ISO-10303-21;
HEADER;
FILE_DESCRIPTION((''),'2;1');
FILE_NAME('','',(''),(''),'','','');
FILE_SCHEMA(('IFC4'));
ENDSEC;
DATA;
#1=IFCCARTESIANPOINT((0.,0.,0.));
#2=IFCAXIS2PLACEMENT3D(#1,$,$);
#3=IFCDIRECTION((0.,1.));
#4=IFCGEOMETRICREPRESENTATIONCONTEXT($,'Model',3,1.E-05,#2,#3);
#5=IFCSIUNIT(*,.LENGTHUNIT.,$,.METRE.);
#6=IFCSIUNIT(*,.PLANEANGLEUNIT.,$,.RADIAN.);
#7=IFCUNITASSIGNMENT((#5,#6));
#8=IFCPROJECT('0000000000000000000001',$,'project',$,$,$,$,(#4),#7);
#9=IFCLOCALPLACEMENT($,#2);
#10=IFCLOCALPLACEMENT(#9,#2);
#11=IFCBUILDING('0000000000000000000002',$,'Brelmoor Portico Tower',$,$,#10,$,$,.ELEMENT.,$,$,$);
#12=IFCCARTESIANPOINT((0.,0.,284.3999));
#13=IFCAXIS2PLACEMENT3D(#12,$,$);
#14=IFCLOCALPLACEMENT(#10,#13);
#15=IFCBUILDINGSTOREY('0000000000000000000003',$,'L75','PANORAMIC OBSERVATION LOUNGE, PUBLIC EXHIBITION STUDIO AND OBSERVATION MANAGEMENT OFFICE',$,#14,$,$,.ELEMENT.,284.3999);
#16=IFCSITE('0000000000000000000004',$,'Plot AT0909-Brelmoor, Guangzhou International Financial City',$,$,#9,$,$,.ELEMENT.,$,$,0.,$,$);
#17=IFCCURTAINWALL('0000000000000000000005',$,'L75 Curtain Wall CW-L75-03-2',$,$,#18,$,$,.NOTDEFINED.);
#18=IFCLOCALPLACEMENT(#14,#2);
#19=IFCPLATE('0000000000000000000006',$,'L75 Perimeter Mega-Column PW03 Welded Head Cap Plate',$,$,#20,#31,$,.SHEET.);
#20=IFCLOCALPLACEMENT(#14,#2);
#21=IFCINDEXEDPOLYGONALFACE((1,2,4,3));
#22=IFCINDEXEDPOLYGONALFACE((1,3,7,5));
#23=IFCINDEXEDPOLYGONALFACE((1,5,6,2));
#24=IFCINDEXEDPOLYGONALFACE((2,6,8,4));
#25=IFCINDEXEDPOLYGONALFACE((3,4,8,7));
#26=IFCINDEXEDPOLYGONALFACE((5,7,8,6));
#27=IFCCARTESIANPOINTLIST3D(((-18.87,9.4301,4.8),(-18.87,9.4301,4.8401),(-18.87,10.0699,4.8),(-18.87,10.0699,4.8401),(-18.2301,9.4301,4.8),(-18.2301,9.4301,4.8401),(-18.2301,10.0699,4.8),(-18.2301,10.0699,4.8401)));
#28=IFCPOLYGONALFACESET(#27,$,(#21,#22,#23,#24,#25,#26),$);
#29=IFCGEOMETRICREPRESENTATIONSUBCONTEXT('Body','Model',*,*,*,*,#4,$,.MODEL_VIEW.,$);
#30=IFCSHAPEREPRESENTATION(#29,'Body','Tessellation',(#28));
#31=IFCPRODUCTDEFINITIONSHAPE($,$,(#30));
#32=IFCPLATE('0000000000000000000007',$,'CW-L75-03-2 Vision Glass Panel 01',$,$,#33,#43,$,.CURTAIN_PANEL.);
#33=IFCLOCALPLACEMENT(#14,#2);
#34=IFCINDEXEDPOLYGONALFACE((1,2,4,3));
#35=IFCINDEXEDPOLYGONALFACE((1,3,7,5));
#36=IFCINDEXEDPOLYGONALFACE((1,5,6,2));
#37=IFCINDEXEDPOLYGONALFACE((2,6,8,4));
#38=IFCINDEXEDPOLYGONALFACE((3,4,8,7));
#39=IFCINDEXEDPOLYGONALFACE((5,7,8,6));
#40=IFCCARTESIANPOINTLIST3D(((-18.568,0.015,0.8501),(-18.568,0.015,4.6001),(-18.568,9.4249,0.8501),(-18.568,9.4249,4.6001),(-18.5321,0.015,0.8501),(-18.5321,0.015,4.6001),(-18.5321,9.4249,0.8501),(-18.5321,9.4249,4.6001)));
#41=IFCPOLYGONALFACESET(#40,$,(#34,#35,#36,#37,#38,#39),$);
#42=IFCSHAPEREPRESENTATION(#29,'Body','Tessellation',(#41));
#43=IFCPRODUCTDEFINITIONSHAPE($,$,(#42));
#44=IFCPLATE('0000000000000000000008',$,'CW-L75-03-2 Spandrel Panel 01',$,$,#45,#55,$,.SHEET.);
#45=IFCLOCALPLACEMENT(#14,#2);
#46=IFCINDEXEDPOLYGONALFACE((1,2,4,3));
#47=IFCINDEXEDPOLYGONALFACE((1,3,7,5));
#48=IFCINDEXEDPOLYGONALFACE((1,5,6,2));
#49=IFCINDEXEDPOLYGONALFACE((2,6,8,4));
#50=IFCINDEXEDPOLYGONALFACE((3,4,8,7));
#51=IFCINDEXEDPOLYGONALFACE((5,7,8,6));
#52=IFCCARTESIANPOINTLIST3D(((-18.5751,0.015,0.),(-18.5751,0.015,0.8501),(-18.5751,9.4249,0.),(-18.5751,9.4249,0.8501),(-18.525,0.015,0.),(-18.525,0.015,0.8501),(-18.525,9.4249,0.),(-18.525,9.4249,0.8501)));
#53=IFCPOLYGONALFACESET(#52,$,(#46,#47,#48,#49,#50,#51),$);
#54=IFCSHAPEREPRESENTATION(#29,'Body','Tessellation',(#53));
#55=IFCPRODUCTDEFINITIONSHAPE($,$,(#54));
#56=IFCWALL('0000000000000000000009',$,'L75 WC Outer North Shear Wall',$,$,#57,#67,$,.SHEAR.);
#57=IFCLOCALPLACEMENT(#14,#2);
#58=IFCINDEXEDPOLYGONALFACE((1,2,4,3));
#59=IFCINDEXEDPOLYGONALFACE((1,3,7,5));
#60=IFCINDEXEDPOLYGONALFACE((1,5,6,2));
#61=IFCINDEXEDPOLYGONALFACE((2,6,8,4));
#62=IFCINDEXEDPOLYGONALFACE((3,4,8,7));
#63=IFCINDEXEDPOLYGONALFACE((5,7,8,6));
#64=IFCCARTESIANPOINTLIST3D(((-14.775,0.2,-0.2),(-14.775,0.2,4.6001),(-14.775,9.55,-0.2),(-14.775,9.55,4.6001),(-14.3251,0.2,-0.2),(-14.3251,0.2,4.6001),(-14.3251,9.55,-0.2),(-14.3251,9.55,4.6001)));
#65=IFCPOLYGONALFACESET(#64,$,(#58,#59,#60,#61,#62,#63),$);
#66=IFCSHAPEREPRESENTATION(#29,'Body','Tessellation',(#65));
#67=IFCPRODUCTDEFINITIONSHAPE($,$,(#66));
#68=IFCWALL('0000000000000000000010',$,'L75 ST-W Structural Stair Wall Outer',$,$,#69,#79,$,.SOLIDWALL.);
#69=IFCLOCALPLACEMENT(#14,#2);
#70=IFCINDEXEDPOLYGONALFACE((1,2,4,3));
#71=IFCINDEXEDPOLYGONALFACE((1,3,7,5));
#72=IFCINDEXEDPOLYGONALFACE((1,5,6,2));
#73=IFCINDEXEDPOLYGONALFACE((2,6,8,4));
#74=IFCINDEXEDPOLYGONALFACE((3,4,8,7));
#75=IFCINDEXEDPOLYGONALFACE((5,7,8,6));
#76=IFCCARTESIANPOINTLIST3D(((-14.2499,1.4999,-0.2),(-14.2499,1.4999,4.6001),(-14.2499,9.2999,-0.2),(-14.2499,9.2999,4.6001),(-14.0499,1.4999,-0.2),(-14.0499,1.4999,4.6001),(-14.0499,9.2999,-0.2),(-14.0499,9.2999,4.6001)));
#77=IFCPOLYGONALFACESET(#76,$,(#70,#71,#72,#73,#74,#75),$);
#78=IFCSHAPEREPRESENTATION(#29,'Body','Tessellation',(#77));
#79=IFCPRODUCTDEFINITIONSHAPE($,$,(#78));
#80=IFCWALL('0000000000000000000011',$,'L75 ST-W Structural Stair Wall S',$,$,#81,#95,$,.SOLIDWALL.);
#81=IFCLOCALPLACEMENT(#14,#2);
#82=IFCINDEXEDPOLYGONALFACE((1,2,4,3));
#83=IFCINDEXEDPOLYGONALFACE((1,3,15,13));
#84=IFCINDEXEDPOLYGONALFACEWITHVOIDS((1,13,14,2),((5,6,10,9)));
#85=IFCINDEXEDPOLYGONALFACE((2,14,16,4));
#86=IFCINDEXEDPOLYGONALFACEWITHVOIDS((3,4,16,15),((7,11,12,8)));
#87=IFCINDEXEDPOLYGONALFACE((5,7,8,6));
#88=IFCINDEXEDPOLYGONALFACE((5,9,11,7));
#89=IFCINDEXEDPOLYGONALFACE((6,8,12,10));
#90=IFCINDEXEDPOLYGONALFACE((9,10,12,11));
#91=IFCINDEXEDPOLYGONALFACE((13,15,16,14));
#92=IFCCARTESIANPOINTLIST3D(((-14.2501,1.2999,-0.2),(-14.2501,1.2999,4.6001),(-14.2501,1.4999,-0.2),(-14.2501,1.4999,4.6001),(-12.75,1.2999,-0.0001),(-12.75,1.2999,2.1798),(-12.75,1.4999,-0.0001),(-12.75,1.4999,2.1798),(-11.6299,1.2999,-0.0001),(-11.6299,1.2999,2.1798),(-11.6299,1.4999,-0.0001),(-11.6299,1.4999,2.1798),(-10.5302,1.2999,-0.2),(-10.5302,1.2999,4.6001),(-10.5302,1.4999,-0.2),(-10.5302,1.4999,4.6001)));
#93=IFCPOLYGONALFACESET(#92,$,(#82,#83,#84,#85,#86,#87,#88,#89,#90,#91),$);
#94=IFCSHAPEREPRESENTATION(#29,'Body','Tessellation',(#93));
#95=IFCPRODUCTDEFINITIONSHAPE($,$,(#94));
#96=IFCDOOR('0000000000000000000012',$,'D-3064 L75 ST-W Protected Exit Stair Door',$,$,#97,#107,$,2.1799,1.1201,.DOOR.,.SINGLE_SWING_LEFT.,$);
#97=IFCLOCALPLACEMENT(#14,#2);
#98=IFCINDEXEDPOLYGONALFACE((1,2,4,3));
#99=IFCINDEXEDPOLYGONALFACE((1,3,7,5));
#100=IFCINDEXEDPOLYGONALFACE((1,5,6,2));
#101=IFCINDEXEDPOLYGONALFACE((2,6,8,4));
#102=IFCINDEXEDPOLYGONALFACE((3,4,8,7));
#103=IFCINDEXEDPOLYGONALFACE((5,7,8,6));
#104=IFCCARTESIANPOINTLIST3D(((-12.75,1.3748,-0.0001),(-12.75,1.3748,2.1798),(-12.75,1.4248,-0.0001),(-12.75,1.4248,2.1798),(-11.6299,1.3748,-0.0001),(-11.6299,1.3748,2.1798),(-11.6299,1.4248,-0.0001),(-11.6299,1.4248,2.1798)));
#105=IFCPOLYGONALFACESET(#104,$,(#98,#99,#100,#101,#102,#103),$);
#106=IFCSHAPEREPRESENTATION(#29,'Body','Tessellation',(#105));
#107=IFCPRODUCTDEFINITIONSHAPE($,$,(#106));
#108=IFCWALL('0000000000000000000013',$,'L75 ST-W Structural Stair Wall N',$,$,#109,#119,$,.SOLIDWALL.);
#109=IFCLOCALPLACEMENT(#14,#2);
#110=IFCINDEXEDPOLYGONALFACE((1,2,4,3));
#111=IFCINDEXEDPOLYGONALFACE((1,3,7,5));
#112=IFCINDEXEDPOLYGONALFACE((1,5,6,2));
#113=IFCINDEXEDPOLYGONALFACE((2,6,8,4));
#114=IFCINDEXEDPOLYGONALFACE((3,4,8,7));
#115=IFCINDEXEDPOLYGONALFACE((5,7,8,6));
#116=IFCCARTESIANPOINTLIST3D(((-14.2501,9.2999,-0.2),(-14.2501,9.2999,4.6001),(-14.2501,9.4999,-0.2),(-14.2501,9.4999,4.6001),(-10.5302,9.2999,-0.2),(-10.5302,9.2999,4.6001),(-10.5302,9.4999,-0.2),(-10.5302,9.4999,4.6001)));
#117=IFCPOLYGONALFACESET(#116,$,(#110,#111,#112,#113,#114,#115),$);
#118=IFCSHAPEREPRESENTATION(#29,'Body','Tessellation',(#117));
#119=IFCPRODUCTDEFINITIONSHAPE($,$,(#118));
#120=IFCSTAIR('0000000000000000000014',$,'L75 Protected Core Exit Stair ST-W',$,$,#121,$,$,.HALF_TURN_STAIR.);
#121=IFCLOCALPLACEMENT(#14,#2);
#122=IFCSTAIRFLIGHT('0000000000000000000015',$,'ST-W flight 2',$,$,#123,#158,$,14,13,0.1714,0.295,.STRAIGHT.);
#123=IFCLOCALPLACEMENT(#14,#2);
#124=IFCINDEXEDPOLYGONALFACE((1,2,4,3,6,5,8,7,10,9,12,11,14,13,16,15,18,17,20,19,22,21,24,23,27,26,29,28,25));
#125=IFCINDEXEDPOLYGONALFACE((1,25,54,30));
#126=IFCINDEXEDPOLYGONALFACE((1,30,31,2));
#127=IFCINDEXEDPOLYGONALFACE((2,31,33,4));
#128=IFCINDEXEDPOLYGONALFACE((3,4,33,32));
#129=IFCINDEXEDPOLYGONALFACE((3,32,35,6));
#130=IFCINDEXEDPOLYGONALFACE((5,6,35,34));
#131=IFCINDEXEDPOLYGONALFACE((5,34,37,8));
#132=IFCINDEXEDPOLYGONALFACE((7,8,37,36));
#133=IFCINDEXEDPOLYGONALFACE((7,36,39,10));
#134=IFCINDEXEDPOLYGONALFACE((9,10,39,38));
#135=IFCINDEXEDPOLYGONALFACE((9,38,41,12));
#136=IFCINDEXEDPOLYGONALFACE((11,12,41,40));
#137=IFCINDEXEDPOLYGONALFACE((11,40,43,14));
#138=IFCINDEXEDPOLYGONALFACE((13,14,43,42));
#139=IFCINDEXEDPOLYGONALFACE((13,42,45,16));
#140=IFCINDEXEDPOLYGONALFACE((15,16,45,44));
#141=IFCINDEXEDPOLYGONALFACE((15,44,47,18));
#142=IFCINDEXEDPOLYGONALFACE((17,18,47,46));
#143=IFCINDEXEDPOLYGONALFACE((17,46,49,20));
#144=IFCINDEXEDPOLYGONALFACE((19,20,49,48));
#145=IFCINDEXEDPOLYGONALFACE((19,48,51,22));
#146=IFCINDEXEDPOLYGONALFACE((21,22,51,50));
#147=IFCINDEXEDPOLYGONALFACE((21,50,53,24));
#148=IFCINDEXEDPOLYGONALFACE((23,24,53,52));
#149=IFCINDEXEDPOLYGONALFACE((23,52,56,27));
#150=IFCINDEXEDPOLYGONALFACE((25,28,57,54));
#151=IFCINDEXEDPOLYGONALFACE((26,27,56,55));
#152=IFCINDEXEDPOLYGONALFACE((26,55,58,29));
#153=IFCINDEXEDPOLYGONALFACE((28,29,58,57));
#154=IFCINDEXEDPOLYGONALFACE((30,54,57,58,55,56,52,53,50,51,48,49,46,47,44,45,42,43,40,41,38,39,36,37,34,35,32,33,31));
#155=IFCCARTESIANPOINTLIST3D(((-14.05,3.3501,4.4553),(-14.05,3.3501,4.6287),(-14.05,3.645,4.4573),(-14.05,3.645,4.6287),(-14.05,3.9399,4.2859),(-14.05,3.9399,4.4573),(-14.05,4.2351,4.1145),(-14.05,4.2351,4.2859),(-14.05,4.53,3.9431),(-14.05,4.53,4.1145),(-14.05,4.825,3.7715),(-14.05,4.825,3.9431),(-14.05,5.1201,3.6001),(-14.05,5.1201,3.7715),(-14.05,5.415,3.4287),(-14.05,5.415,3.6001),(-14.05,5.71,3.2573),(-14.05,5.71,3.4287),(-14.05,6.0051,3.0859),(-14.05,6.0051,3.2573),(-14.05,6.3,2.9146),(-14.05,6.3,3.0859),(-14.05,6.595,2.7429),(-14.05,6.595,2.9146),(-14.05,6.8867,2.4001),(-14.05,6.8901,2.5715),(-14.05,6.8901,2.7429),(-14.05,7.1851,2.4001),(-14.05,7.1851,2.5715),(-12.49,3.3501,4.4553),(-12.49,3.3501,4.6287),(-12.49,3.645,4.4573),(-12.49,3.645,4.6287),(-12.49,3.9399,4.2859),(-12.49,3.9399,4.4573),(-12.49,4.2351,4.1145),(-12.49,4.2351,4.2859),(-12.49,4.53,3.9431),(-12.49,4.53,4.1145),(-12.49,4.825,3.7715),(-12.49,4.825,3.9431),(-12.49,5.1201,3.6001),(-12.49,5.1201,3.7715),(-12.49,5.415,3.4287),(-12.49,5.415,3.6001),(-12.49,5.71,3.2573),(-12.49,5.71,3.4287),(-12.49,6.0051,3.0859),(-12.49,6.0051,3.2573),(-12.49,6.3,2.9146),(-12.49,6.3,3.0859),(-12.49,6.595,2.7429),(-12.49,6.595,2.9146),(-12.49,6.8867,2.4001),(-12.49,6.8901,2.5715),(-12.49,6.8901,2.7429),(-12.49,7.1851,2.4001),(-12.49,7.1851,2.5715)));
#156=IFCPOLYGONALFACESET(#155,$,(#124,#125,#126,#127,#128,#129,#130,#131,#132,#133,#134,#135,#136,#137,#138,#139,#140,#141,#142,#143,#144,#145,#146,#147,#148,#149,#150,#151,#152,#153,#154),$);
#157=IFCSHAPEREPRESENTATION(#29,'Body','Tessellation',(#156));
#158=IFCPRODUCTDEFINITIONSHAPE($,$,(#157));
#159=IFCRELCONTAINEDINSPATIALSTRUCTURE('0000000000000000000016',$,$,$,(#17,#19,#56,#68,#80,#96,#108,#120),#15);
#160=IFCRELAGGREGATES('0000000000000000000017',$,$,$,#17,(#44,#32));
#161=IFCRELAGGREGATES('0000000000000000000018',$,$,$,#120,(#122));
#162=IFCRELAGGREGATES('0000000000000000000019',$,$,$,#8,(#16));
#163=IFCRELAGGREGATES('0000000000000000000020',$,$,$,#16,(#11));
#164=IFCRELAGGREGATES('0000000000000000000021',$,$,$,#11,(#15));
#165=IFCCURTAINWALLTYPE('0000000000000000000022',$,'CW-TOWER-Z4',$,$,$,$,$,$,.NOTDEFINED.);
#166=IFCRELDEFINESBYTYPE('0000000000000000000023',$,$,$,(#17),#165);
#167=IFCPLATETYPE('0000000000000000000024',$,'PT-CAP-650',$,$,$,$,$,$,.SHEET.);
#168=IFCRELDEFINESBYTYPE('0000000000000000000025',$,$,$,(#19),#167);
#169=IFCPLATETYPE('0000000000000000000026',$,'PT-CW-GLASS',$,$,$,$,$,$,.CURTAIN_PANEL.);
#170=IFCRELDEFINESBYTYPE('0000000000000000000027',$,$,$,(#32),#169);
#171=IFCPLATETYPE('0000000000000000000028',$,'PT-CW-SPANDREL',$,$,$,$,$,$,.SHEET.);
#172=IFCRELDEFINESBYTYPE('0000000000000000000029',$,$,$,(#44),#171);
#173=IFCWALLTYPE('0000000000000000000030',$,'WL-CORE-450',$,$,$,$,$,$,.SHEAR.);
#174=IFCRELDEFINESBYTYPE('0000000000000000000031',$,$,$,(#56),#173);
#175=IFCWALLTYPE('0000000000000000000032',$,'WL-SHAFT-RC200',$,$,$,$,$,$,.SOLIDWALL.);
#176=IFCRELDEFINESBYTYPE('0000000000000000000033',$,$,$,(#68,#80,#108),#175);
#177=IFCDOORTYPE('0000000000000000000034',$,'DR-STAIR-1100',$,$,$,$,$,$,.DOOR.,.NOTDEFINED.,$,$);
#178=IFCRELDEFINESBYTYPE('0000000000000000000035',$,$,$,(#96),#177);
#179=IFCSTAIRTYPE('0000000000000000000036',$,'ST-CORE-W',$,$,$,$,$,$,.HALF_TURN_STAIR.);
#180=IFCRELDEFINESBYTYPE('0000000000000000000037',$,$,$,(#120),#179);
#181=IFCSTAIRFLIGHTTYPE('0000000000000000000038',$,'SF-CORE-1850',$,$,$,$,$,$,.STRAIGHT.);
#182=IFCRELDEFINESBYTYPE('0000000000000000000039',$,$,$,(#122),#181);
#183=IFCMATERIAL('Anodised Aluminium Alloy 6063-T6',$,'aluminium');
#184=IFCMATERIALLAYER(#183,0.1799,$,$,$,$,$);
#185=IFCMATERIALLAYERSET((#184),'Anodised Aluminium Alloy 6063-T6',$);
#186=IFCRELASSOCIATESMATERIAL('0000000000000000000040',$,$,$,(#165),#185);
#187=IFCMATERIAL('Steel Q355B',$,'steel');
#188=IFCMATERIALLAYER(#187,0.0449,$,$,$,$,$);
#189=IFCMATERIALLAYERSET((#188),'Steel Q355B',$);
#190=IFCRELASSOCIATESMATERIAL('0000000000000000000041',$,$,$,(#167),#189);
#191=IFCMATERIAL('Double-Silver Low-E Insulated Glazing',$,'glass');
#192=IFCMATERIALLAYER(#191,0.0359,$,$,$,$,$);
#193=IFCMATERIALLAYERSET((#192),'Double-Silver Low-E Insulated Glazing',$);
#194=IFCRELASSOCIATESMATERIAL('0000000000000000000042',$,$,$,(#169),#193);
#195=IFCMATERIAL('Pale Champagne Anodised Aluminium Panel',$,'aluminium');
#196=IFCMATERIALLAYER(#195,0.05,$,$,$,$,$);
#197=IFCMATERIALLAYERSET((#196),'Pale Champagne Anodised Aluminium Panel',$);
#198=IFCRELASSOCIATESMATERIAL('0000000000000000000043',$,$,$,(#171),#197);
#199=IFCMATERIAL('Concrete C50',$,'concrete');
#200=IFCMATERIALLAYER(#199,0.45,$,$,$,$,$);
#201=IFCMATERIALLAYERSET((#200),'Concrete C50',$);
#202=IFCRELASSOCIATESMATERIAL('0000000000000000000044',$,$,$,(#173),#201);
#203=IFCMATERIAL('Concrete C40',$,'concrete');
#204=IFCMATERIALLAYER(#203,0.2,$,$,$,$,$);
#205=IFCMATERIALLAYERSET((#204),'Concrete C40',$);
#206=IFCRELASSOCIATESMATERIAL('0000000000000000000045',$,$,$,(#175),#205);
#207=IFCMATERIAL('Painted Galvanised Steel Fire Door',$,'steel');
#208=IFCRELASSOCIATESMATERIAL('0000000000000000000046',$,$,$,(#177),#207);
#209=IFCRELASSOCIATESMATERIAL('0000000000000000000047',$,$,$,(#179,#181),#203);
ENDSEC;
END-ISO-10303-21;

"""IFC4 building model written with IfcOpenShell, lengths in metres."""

from ifc_helpers import new_model, si_unit, direction, frame, frame_2d, origin, origin_2d, place, context, subcontext, project, spatial, polyline, rectangle, outline, extrude, material, layer, layer_set, type_object, element, fill, aggregate, save


model = new_model("IFC4")

# Units and contexts
model_context = context("Model", 3, precision=1e-05, world=origin(), true_north=direction((0.0, 1.0)))
body_context = subcontext(model_context, "Body", "Model", "MODEL_VIEW")
ifc_project = project(units=[si_unit("LENGTHUNIT", "METRE"), si_unit("PLANEANGLEUNIT", "RADIAN")], contexts=[model_context])

# Site, building, storey
site_placement = place(None, origin())
site = spatial("IfcSite", under=ifc_project, at=site_placement, Name="Plot AT0909-Brelmoor, Guangzhou International Financial City", CompositionType="ELEMENT", RefElevation=0.0)
building_placement = place(site_placement, origin())
building = spatial("IfcBuilding", under=site, at=building_placement, Name="Brelmoor Portico Tower", CompositionType="ELEMENT")
storey_placement = place(building_placement, frame((0.0, 0.0, 284.3999)))
storey = spatial("IfcBuildingStorey", under=building, at=storey_placement, Name="L75", Description="PANORAMIC OBSERVATION LOUNGE, PUBLIC EXHIBITION STUDIO AND OBSERVATION MANAGEMENT OFFICE", CompositionType="ELEMENT", Elevation=284.3999)

# Shared definitions
ifc_material_1 = material(Name="Steel Q355B", Category="steel")

# Curtain wall
ifc_material_2 = material(Name="Anodised Aluminium Alloy 6063-T6", Category="aluminium")
ifc_layer_1 = layer(ifc_material_2, 0.1799)
ifc_layer_set_1 = layer_set([ifc_layer_1], Name="Anodised Aluminium Alloy 6063-T6")
curtain_wall_type = type_object("IfcCurtainWallType", Name="CW-TOWER-Z4", PredefinedType="NOTDEFINED", material=ifc_layer_set_1)
curtain_wall_placement = place(storey_placement, origin())
curtain_wall = element("IfcCurtainWall", 1, at=curtain_wall_placement, inside=storey, type_object=curtain_wall_type, Name="L75 Curtain Wall CW-L75-03-2", PredefinedType="NOTDEFINED")

# Plates
ifc_layer_2 = layer(ifc_material_1, 0.0449)
ifc_layer_set_2 = layer_set([ifc_layer_2], Name="Steel Q355B")
plate_type_1 = type_object("IfcPlateType", Name="PT-CAP-650", PredefinedType="SHEET", material=ifc_layer_set_2)
plate_1_placement = place(storey_placement, frame((-18.55, 9.75, 4.8), z_axis=(0.0, 0.0, 1.0), x_axis=(0.0, 1.0, 0.0)))
element("IfcPlate", 2, at=plate_1_placement, inside=storey, type_object=plate_type_1, Name="L75 Perimeter Mega-Column PW03 Welded Head Cap Plate", PredefinedType="SHEET", context=body_context, shape_type="SweptSolid", body=[
    extrude(rectangle(XDim=0.6399, YDim=0.6399, at=origin_2d()), origin(), (0.0, 0.0, 1.0), 0.04),
])
ifc_material_3 = material(Name="Double-Silver Low-E Insulated Glazing", Category="glass")
ifc_layer_3 = layer(ifc_material_3, 0.0359)
ifc_layer_set_3 = layer_set([ifc_layer_3], Name="Double-Silver Low-E Insulated Glazing")
plate_type_2 = type_object("IfcPlateType", Name="PT-CW-GLASS", PredefinedType="CURTAIN_PANEL", material=ifc_layer_set_3)
plate_2_placement = place(storey_placement, frame((-18.55, 4.72, 0.8501), z_axis=(0.0, 0.0, 1.0), x_axis=(0.0, 1.0, 0.0)))
plate_2 = element("IfcPlate", 3, at=plate_2_placement, type_object=plate_type_2, Name="CW-L75-03-2 Vision Glass Panel 01", PredefinedType="CURTAIN_PANEL", context=body_context, shape_type="SweptSolid", body=[
    extrude(rectangle(XDim=9.4099, YDim=0.0359, at=origin_2d()), origin(), (0.0, 0.0, 1.0), 3.75),
])
ifc_material_4 = material(Name="Pale Champagne Anodised Aluminium Panel", Category="aluminium")
ifc_layer_4 = layer(ifc_material_4, 0.05)
ifc_layer_set_4 = layer_set([ifc_layer_4], Name="Pale Champagne Anodised Aluminium Panel")
plate_type_3 = type_object("IfcPlateType", Name="PT-CW-SPANDREL", PredefinedType="SHEET", material=ifc_layer_set_4)
plate_3_placement = place(storey_placement, frame((-18.55, 4.72, 0.0), z_axis=(0.0, 0.0, 1.0), x_axis=(0.0, 1.0, 0.0)))
plate_3 = element("IfcPlate", 4, at=plate_3_placement, type_object=plate_type_3, Name="CW-L75-03-2 Spandrel Panel 01", PredefinedType="SHEET", context=body_context, shape_type="SweptSolid", body=[
    extrude(rectangle(XDim=9.4099, YDim=0.05, at=origin_2d()), origin(), (0.0, 0.0, 1.0), 0.8501),
])
aggregate(curtain_wall, [plate_3, plate_2])

# Walls
ifc_material_5 = material(Name="Concrete C50", Category="concrete")
ifc_layer_5 = layer(ifc_material_5, 0.45)
ifc_layer_set_5 = layer_set([ifc_layer_5], Name="Concrete C50")
wall_type_1 = type_object("IfcWallType", Name="WL-CORE-450", PredefinedType="SHEAR", material=ifc_layer_set_5)
wall_1_placement = place(storey_placement, frame((-14.55, 0.2, -0.2), z_axis=(0.0, 0.0, 1.0), x_axis=(0.0, 1.0, 0.0)))
element("IfcWall", 5, at=wall_1_placement, inside=storey, type_object=wall_type_1, Name="L75 WC Outer North Shear Wall", PredefinedType="SHEAR", context=body_context, shape_type="SweptSolid", body=[
    extrude(rectangle(XDim=9.3501, YDim=0.45, at=frame_2d((4.675, 0.0))), origin(), (0.0, 0.0, 1.0), 4.8),
])
ifc_material_6 = material(Name="Concrete C40", Category="concrete")
ifc_layer_6 = layer(ifc_material_6, 0.2)
ifc_layer_set_6 = layer_set([ifc_layer_6], Name="Concrete C40")
wall_type_2 = type_object("IfcWallType", Name="WL-SHAFT-RC200", PredefinedType="SOLIDWALL", material=ifc_layer_set_6)
wall_2_placement = place(storey_placement, frame((-14.1499, 1.5, -0.2), z_axis=(0.0, 0.0, 1.0), x_axis=(0.0, 1.0, 0.0)))
element("IfcWall", 6, at=wall_2_placement, inside=storey, type_object=wall_type_2, Name="L75 ST-W Structural Stair Wall Outer", PredefinedType="SOLIDWALL", context=body_context, shape_type="SweptSolid", body=[
    extrude(rectangle(XDim=7.8, YDim=0.2, at=frame_2d((3.8999, 0.0))), origin(), (0.0, 0.0, 1.0), 4.8),
])

# Wall, opening, door
wall_3_placement = place(storey_placement, frame((-14.25, 1.3999, -0.2), z_axis=(0.0, 0.0, 1.0), x_axis=(1.0, 0.0, 0.0)))
wall_3 = element("IfcWall", 7, at=wall_3_placement, inside=storey, type_object=wall_type_2, Name="L75 ST-W Structural Stair Wall S", PredefinedType="SOLIDWALL", context=body_context, shape_type="SweptSolid", body=[
    extrude(rectangle(XDim=3.72, YDim=0.2, at=frame_2d((1.8599, 0.0))), origin(), (0.0, 0.0, 1.0), 4.8),
])
opening_placement = place(wall_3_placement, frame((1.5, 0.0, 0.2)))
opening = element("IfcOpeningElement", 8, at=opening_placement, cuts=wall_3, PredefinedType="OPENING", context=body_context, shape_type="SweptSolid", body=[
    extrude(rectangle(XDim=1.1201, YDim=2.1799, at=frame_2d((0.5601, 1.0898))), frame((0.0, 0.1099, 0.0), z_axis=(0.0, -1.0, 0.0), x_axis=(1.0, 0.0, 0.0)), (0.0, 0.0, 1.0), 0.22),
])
ifc_material_7 = material(Name="Painted Galvanised Steel Fire Door", Category="steel")
door_type = type_object("IfcDoorType", Name="DR-STAIR-1100", OperationType="NOTDEFINED", PredefinedType="DOOR", material=ifc_material_7)
door_placement = place(opening_placement, origin())
door = element("IfcDoor", 9, at=door_placement, inside=storey, type_object=door_type, Name="D-3064 L75 ST-W Protected Exit Stair Door", OperationType="SINGLE_SWING_LEFT", OverallHeight=2.1799, OverallWidth=1.1201, PredefinedType="DOOR", context=body_context, shape_type="SweptSolid", body=[
    extrude(rectangle(XDim=1.1201, YDim=2.1799, at=frame_2d((0.5601, 1.0898))), frame((0.0, 0.0249, 0.0), z_axis=(0.0, -1.0, 0.0), x_axis=(1.0, 0.0, 0.0)), (0.0, 0.0, 1.0), 0.05),
])
fill(opening, door)

# Wall
wall_4_placement = place(storey_placement, frame((-14.25, 9.3999, -0.2), z_axis=(0.0, 0.0, 1.0), x_axis=(1.0, 0.0, 0.0)))
element("IfcWall", 10, at=wall_4_placement, inside=storey, type_object=wall_type_2, Name="L75 ST-W Structural Stair Wall N", PredefinedType="SOLIDWALL", context=body_context, shape_type="SweptSolid", body=[
    extrude(rectangle(XDim=3.72, YDim=0.2, at=frame_2d((1.8599, 0.0))), origin(), (0.0, 0.0, 1.0), 4.8),
])

# Stair, stair flight
stair_type = type_object("IfcStairType", Name="ST-CORE-W", PredefinedType="HALF_TURN_STAIR", material=ifc_material_6)
stair_placement = place(storey_placement, origin())
stair = element("IfcStair", 11, at=stair_placement, inside=storey, type_object=stair_type, Name="L75 Protected Core Exit Stair ST-W", PredefinedType="HALF_TURN_STAIR")
stair_flight_type = type_object("IfcStairFlightType", Name="SF-CORE-1850", PredefinedType="STRAIGHT", material=ifc_material_6)
stair_flight_placement = place(storey_placement, frame((-13.27, 7.1851, 2.4001), z_axis=(0.0, 0.0, 1.0), x_axis=(0.0, -1.0, 0.0)))
stair_flight = element("IfcStairFlight", 12, at=stair_flight_placement, type_object=stair_flight_type, Name="ST-W flight 2", NumberOfRisers=14, NumberOfTreads=13, PredefinedType="STRAIGHT", RiserHeight=0.1714, TreadLength=0.295, context=body_context, shape_type="SweptSolid", body=[
    extrude(outline(polyline([(0.0, 0.0), (0.0, 0.1714), (0.2949, 0.1714), (0.2949, 0.3428), (0.5901, 0.3428), (0.5901, 0.5144), (0.885, 0.5144), (0.885, 0.6858), (1.1799, 0.6858), (1.1799, 0.8572), (1.4751, 0.8572), (1.4751, 1.0286), (1.77, 1.0286), (1.77, 1.2), (2.0649, 1.2), (2.0649, 1.3713), (2.3601, 1.3713), (2.3601, 1.543), (2.655, 1.543), (2.655, 1.7144), (2.95, 1.7144), (2.95, 1.8857), (3.2451, 1.8857), (3.2451, 2.0571), (3.54, 2.0571), (3.54, 2.2285), (3.835, 2.2285), (3.835, 2.3999), (3.835, 2.0552), (0.2983, 0.0), (0.0, 0.0)])), frame((0.0, 0.78, 0.0), z_axis=(0.0, -1.0, 0.0), x_axis=(1.0, 0.0, 0.0)), (0.0, 0.0, 1.0), 1.5601),
])
aggregate(stair, [stair_flight])

save(model, "model.ifc")
